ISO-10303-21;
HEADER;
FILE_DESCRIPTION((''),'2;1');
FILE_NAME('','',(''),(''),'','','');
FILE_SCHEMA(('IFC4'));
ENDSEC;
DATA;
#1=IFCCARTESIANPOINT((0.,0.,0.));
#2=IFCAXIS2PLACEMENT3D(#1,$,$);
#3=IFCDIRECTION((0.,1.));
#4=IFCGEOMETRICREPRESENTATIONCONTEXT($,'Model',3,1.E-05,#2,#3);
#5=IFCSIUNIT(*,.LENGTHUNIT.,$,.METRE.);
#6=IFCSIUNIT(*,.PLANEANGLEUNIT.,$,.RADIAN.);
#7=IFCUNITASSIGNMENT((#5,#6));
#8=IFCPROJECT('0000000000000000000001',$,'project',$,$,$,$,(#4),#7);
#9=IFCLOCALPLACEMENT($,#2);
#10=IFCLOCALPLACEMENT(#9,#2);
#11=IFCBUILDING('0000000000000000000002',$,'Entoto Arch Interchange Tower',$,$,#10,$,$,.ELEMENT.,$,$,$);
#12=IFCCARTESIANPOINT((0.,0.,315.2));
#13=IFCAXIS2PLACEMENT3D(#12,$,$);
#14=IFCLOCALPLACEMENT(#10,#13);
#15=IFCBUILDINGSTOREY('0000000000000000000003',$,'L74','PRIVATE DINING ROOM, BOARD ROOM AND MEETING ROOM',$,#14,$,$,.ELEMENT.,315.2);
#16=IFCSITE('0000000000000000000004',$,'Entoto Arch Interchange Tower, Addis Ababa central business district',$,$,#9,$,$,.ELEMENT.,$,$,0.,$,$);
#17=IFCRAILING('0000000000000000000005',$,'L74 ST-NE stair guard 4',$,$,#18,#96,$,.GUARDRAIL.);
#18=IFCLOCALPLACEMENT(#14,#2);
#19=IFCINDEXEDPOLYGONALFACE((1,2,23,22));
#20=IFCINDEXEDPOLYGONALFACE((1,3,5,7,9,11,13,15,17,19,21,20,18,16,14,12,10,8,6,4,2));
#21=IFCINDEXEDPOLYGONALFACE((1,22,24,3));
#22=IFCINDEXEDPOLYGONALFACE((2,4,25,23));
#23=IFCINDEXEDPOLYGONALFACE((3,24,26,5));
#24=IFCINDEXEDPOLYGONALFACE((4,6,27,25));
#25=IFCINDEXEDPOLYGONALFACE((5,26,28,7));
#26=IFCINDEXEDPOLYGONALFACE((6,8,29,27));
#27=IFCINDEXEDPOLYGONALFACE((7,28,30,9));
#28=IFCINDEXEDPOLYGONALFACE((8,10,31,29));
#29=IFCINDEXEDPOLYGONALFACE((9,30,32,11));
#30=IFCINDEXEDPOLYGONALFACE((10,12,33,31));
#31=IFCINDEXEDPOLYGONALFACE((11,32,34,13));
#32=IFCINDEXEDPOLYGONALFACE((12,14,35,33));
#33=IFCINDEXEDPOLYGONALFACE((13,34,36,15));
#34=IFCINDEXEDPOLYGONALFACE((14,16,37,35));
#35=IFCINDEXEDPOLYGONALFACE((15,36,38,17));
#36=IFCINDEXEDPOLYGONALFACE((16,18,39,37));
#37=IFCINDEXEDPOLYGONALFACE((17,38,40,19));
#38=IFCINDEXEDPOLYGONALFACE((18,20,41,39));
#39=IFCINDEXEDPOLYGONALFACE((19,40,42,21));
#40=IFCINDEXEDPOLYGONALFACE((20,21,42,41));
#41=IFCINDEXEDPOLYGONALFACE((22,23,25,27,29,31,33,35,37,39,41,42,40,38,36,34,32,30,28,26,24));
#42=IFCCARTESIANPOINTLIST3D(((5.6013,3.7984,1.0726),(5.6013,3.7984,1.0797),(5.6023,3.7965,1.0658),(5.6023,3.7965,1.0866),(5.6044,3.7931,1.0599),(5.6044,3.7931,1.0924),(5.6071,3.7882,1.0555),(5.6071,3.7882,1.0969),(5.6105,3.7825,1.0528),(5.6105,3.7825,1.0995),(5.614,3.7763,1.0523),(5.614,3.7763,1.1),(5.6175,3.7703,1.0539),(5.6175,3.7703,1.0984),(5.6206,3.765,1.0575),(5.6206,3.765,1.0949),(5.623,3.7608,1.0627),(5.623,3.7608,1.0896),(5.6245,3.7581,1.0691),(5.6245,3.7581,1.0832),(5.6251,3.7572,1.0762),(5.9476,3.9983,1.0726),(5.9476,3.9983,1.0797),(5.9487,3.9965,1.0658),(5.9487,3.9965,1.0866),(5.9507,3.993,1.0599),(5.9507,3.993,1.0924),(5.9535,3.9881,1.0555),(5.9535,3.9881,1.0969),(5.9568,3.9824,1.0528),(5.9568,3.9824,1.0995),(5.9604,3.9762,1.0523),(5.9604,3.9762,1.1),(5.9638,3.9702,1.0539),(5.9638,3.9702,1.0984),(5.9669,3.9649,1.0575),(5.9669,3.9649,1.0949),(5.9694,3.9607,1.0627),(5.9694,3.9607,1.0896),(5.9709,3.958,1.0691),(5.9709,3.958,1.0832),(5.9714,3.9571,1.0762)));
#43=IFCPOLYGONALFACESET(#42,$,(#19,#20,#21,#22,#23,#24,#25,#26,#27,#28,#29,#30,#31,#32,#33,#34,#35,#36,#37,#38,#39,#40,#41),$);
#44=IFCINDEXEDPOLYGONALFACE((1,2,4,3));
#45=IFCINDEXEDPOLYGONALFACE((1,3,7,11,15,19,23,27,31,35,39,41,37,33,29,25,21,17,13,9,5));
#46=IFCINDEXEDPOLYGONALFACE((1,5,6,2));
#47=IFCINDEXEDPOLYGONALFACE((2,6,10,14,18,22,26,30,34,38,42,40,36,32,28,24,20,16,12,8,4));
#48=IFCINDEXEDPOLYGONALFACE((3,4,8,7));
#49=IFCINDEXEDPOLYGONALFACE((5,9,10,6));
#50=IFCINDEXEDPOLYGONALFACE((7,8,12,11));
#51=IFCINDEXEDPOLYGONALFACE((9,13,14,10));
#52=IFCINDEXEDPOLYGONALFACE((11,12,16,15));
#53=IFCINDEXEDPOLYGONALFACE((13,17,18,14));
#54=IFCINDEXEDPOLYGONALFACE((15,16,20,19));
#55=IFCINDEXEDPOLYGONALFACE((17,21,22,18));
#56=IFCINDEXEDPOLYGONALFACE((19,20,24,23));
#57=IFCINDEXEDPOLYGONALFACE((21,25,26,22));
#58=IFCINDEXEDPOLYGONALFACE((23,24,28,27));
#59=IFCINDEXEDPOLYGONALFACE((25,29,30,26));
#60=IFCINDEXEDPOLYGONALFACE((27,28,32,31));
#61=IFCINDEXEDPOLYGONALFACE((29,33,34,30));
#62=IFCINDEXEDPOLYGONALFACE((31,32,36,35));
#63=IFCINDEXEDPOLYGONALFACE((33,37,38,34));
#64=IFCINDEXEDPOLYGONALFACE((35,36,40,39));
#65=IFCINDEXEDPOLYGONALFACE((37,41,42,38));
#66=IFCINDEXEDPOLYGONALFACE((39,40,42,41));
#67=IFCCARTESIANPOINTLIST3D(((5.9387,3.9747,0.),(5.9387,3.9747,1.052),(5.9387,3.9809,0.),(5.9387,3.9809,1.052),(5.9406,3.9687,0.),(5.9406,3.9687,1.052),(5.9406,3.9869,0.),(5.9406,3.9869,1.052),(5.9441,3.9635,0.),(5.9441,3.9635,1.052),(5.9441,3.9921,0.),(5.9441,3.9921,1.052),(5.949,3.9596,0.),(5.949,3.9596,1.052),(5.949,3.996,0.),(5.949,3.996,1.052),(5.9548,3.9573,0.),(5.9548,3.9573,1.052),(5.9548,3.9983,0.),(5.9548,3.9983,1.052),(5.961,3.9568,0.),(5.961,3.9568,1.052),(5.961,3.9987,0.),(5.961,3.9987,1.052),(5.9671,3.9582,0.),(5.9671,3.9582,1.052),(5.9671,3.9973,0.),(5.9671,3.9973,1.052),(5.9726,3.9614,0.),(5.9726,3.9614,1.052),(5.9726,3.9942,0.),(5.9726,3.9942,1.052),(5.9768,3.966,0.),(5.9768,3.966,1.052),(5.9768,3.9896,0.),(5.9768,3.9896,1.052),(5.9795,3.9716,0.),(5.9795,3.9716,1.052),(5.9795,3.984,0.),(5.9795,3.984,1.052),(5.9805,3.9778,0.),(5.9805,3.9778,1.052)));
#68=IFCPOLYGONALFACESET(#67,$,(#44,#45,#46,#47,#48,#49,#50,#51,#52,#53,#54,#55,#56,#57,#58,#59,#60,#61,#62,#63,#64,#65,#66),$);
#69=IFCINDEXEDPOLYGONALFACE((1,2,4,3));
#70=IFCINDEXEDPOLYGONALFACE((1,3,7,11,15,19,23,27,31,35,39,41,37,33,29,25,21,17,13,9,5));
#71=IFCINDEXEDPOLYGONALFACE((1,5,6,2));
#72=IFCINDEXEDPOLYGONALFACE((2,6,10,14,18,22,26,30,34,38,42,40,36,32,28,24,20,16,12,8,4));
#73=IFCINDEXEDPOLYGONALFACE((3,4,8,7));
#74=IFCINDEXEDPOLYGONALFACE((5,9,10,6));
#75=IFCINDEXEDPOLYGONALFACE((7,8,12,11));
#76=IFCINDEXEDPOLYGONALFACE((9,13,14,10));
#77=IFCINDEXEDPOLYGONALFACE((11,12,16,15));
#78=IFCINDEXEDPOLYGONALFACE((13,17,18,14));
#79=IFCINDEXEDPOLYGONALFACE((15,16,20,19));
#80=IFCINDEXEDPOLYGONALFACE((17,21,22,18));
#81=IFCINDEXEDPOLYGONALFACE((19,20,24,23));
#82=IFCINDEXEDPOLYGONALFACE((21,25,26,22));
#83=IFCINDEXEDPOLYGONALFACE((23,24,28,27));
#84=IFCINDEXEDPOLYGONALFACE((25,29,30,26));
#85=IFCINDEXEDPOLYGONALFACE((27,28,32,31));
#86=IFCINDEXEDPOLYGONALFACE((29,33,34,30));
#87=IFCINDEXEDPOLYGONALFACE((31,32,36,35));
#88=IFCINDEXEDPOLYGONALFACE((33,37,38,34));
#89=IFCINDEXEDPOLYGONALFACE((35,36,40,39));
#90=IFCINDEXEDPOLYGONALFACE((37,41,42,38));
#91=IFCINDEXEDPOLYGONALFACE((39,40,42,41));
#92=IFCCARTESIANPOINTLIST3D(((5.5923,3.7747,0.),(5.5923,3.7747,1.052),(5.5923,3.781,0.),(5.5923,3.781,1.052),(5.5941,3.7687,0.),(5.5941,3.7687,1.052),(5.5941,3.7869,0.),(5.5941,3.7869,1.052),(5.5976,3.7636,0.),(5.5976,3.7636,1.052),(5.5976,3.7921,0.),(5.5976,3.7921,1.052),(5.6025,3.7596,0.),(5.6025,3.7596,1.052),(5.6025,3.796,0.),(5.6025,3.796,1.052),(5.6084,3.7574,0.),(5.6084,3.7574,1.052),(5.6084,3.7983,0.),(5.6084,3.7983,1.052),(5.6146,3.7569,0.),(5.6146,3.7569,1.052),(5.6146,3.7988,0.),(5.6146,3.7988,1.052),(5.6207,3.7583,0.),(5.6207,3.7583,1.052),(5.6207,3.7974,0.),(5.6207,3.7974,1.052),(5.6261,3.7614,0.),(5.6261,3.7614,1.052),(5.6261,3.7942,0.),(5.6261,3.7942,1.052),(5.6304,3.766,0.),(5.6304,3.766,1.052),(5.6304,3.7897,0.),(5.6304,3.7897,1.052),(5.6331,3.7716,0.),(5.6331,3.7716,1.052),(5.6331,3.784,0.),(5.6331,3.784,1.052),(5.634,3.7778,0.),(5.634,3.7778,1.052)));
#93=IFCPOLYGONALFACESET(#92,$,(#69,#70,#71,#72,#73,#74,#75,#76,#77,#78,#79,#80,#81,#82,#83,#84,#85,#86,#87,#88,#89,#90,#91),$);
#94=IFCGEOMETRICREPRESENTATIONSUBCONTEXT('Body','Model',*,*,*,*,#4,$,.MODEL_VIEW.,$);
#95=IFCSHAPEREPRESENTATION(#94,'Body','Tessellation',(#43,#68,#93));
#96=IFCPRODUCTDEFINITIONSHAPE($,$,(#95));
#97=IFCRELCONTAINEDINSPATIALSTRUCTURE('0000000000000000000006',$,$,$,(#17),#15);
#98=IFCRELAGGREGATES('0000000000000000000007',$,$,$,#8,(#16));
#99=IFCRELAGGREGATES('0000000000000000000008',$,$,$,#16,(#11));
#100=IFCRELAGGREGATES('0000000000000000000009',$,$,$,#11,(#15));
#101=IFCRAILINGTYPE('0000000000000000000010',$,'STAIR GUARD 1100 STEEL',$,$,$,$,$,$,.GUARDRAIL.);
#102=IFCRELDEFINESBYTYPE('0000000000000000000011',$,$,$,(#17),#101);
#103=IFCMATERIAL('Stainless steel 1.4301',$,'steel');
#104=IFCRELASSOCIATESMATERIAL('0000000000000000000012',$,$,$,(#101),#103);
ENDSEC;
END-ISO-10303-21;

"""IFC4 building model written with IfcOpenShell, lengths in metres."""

from ifc_helpers import new_model, si_unit, direction, frame, origin, origin_2d, place, context, subcontext, project, spatial, circle, extrude, material, type_object, element, save


model = new_model("IFC4")

# Units and contexts
model_context = context("Model", 3, precision=1e-05, world=origin(), true_north=direction((0.0, 1.0)))
body_context = subcontext(model_context, "Body", "Model", "MODEL_VIEW")
ifc_project = project(units=[si_unit("LENGTHUNIT", "METRE"), si_unit("PLANEANGLEUNIT", "RADIAN")], contexts=[model_context])

# Site, building, storey
site_placement = place(None, origin())
site = spatial("IfcSite", under=ifc_project, at=site_placement, Name="Entoto Arch Interchange Tower, Addis Ababa central business district", CompositionType="ELEMENT", RefElevation=0.0)
building_placement = place(site_placement, origin())
building = spatial("IfcBuilding", under=site, at=building_placement, Name="Entoto Arch Interchange Tower", CompositionType="ELEMENT")
storey_placement = place(building_placement, frame((0.0, 0.0, 315.2)))
storey = spatial("IfcBuildingStorey", under=building, at=storey_placement, Name="L74", Description="PRIVATE DINING ROOM, BOARD ROOM AND MEETING ROOM", CompositionType="ELEMENT", Elevation=315.2)

# Railing
ifc_material_1 = material(Name="Stainless steel 1.4301", Category="steel")
railing_type_1 = type_object("IfcRailingType", Name="STAIR GUARD 1100 STEEL", PredefinedType="GUARDRAIL", material=ifc_material_1)
railing_1_placement = place(storey_placement, frame((5.9595, 3.9778, 0.0)))
element("IfcRailing", 1, at=railing_1_placement, inside=storey, type_object=railing_type_1, Name="L74 ST-NE stair guard 4", PredefinedType="GUARDRAIL", context=body_context, shape_type="SweptSolid", body=[
    extrude(circle(Radius=0.0239, at=origin_2d()), frame((0.0, 0.0, 1.0762), z_axis=(-0.866094, -0.499881, 0.0), x_axis=(0.499881, -0.866094, 0.0)), (0.0, 0.0, 1.0), 0.3999),
    extrude(circle(Radius=0.021, at=origin_2d()), origin(), (0.0, 0.0, 1.0), 1.052),
    extrude(circle(Radius=0.021, at=origin_2d()), frame((-0.3464, -0.2, 0.0)), (0.0, 0.0, 1.0), 1.052),
])

save(model, "model.ifc")
